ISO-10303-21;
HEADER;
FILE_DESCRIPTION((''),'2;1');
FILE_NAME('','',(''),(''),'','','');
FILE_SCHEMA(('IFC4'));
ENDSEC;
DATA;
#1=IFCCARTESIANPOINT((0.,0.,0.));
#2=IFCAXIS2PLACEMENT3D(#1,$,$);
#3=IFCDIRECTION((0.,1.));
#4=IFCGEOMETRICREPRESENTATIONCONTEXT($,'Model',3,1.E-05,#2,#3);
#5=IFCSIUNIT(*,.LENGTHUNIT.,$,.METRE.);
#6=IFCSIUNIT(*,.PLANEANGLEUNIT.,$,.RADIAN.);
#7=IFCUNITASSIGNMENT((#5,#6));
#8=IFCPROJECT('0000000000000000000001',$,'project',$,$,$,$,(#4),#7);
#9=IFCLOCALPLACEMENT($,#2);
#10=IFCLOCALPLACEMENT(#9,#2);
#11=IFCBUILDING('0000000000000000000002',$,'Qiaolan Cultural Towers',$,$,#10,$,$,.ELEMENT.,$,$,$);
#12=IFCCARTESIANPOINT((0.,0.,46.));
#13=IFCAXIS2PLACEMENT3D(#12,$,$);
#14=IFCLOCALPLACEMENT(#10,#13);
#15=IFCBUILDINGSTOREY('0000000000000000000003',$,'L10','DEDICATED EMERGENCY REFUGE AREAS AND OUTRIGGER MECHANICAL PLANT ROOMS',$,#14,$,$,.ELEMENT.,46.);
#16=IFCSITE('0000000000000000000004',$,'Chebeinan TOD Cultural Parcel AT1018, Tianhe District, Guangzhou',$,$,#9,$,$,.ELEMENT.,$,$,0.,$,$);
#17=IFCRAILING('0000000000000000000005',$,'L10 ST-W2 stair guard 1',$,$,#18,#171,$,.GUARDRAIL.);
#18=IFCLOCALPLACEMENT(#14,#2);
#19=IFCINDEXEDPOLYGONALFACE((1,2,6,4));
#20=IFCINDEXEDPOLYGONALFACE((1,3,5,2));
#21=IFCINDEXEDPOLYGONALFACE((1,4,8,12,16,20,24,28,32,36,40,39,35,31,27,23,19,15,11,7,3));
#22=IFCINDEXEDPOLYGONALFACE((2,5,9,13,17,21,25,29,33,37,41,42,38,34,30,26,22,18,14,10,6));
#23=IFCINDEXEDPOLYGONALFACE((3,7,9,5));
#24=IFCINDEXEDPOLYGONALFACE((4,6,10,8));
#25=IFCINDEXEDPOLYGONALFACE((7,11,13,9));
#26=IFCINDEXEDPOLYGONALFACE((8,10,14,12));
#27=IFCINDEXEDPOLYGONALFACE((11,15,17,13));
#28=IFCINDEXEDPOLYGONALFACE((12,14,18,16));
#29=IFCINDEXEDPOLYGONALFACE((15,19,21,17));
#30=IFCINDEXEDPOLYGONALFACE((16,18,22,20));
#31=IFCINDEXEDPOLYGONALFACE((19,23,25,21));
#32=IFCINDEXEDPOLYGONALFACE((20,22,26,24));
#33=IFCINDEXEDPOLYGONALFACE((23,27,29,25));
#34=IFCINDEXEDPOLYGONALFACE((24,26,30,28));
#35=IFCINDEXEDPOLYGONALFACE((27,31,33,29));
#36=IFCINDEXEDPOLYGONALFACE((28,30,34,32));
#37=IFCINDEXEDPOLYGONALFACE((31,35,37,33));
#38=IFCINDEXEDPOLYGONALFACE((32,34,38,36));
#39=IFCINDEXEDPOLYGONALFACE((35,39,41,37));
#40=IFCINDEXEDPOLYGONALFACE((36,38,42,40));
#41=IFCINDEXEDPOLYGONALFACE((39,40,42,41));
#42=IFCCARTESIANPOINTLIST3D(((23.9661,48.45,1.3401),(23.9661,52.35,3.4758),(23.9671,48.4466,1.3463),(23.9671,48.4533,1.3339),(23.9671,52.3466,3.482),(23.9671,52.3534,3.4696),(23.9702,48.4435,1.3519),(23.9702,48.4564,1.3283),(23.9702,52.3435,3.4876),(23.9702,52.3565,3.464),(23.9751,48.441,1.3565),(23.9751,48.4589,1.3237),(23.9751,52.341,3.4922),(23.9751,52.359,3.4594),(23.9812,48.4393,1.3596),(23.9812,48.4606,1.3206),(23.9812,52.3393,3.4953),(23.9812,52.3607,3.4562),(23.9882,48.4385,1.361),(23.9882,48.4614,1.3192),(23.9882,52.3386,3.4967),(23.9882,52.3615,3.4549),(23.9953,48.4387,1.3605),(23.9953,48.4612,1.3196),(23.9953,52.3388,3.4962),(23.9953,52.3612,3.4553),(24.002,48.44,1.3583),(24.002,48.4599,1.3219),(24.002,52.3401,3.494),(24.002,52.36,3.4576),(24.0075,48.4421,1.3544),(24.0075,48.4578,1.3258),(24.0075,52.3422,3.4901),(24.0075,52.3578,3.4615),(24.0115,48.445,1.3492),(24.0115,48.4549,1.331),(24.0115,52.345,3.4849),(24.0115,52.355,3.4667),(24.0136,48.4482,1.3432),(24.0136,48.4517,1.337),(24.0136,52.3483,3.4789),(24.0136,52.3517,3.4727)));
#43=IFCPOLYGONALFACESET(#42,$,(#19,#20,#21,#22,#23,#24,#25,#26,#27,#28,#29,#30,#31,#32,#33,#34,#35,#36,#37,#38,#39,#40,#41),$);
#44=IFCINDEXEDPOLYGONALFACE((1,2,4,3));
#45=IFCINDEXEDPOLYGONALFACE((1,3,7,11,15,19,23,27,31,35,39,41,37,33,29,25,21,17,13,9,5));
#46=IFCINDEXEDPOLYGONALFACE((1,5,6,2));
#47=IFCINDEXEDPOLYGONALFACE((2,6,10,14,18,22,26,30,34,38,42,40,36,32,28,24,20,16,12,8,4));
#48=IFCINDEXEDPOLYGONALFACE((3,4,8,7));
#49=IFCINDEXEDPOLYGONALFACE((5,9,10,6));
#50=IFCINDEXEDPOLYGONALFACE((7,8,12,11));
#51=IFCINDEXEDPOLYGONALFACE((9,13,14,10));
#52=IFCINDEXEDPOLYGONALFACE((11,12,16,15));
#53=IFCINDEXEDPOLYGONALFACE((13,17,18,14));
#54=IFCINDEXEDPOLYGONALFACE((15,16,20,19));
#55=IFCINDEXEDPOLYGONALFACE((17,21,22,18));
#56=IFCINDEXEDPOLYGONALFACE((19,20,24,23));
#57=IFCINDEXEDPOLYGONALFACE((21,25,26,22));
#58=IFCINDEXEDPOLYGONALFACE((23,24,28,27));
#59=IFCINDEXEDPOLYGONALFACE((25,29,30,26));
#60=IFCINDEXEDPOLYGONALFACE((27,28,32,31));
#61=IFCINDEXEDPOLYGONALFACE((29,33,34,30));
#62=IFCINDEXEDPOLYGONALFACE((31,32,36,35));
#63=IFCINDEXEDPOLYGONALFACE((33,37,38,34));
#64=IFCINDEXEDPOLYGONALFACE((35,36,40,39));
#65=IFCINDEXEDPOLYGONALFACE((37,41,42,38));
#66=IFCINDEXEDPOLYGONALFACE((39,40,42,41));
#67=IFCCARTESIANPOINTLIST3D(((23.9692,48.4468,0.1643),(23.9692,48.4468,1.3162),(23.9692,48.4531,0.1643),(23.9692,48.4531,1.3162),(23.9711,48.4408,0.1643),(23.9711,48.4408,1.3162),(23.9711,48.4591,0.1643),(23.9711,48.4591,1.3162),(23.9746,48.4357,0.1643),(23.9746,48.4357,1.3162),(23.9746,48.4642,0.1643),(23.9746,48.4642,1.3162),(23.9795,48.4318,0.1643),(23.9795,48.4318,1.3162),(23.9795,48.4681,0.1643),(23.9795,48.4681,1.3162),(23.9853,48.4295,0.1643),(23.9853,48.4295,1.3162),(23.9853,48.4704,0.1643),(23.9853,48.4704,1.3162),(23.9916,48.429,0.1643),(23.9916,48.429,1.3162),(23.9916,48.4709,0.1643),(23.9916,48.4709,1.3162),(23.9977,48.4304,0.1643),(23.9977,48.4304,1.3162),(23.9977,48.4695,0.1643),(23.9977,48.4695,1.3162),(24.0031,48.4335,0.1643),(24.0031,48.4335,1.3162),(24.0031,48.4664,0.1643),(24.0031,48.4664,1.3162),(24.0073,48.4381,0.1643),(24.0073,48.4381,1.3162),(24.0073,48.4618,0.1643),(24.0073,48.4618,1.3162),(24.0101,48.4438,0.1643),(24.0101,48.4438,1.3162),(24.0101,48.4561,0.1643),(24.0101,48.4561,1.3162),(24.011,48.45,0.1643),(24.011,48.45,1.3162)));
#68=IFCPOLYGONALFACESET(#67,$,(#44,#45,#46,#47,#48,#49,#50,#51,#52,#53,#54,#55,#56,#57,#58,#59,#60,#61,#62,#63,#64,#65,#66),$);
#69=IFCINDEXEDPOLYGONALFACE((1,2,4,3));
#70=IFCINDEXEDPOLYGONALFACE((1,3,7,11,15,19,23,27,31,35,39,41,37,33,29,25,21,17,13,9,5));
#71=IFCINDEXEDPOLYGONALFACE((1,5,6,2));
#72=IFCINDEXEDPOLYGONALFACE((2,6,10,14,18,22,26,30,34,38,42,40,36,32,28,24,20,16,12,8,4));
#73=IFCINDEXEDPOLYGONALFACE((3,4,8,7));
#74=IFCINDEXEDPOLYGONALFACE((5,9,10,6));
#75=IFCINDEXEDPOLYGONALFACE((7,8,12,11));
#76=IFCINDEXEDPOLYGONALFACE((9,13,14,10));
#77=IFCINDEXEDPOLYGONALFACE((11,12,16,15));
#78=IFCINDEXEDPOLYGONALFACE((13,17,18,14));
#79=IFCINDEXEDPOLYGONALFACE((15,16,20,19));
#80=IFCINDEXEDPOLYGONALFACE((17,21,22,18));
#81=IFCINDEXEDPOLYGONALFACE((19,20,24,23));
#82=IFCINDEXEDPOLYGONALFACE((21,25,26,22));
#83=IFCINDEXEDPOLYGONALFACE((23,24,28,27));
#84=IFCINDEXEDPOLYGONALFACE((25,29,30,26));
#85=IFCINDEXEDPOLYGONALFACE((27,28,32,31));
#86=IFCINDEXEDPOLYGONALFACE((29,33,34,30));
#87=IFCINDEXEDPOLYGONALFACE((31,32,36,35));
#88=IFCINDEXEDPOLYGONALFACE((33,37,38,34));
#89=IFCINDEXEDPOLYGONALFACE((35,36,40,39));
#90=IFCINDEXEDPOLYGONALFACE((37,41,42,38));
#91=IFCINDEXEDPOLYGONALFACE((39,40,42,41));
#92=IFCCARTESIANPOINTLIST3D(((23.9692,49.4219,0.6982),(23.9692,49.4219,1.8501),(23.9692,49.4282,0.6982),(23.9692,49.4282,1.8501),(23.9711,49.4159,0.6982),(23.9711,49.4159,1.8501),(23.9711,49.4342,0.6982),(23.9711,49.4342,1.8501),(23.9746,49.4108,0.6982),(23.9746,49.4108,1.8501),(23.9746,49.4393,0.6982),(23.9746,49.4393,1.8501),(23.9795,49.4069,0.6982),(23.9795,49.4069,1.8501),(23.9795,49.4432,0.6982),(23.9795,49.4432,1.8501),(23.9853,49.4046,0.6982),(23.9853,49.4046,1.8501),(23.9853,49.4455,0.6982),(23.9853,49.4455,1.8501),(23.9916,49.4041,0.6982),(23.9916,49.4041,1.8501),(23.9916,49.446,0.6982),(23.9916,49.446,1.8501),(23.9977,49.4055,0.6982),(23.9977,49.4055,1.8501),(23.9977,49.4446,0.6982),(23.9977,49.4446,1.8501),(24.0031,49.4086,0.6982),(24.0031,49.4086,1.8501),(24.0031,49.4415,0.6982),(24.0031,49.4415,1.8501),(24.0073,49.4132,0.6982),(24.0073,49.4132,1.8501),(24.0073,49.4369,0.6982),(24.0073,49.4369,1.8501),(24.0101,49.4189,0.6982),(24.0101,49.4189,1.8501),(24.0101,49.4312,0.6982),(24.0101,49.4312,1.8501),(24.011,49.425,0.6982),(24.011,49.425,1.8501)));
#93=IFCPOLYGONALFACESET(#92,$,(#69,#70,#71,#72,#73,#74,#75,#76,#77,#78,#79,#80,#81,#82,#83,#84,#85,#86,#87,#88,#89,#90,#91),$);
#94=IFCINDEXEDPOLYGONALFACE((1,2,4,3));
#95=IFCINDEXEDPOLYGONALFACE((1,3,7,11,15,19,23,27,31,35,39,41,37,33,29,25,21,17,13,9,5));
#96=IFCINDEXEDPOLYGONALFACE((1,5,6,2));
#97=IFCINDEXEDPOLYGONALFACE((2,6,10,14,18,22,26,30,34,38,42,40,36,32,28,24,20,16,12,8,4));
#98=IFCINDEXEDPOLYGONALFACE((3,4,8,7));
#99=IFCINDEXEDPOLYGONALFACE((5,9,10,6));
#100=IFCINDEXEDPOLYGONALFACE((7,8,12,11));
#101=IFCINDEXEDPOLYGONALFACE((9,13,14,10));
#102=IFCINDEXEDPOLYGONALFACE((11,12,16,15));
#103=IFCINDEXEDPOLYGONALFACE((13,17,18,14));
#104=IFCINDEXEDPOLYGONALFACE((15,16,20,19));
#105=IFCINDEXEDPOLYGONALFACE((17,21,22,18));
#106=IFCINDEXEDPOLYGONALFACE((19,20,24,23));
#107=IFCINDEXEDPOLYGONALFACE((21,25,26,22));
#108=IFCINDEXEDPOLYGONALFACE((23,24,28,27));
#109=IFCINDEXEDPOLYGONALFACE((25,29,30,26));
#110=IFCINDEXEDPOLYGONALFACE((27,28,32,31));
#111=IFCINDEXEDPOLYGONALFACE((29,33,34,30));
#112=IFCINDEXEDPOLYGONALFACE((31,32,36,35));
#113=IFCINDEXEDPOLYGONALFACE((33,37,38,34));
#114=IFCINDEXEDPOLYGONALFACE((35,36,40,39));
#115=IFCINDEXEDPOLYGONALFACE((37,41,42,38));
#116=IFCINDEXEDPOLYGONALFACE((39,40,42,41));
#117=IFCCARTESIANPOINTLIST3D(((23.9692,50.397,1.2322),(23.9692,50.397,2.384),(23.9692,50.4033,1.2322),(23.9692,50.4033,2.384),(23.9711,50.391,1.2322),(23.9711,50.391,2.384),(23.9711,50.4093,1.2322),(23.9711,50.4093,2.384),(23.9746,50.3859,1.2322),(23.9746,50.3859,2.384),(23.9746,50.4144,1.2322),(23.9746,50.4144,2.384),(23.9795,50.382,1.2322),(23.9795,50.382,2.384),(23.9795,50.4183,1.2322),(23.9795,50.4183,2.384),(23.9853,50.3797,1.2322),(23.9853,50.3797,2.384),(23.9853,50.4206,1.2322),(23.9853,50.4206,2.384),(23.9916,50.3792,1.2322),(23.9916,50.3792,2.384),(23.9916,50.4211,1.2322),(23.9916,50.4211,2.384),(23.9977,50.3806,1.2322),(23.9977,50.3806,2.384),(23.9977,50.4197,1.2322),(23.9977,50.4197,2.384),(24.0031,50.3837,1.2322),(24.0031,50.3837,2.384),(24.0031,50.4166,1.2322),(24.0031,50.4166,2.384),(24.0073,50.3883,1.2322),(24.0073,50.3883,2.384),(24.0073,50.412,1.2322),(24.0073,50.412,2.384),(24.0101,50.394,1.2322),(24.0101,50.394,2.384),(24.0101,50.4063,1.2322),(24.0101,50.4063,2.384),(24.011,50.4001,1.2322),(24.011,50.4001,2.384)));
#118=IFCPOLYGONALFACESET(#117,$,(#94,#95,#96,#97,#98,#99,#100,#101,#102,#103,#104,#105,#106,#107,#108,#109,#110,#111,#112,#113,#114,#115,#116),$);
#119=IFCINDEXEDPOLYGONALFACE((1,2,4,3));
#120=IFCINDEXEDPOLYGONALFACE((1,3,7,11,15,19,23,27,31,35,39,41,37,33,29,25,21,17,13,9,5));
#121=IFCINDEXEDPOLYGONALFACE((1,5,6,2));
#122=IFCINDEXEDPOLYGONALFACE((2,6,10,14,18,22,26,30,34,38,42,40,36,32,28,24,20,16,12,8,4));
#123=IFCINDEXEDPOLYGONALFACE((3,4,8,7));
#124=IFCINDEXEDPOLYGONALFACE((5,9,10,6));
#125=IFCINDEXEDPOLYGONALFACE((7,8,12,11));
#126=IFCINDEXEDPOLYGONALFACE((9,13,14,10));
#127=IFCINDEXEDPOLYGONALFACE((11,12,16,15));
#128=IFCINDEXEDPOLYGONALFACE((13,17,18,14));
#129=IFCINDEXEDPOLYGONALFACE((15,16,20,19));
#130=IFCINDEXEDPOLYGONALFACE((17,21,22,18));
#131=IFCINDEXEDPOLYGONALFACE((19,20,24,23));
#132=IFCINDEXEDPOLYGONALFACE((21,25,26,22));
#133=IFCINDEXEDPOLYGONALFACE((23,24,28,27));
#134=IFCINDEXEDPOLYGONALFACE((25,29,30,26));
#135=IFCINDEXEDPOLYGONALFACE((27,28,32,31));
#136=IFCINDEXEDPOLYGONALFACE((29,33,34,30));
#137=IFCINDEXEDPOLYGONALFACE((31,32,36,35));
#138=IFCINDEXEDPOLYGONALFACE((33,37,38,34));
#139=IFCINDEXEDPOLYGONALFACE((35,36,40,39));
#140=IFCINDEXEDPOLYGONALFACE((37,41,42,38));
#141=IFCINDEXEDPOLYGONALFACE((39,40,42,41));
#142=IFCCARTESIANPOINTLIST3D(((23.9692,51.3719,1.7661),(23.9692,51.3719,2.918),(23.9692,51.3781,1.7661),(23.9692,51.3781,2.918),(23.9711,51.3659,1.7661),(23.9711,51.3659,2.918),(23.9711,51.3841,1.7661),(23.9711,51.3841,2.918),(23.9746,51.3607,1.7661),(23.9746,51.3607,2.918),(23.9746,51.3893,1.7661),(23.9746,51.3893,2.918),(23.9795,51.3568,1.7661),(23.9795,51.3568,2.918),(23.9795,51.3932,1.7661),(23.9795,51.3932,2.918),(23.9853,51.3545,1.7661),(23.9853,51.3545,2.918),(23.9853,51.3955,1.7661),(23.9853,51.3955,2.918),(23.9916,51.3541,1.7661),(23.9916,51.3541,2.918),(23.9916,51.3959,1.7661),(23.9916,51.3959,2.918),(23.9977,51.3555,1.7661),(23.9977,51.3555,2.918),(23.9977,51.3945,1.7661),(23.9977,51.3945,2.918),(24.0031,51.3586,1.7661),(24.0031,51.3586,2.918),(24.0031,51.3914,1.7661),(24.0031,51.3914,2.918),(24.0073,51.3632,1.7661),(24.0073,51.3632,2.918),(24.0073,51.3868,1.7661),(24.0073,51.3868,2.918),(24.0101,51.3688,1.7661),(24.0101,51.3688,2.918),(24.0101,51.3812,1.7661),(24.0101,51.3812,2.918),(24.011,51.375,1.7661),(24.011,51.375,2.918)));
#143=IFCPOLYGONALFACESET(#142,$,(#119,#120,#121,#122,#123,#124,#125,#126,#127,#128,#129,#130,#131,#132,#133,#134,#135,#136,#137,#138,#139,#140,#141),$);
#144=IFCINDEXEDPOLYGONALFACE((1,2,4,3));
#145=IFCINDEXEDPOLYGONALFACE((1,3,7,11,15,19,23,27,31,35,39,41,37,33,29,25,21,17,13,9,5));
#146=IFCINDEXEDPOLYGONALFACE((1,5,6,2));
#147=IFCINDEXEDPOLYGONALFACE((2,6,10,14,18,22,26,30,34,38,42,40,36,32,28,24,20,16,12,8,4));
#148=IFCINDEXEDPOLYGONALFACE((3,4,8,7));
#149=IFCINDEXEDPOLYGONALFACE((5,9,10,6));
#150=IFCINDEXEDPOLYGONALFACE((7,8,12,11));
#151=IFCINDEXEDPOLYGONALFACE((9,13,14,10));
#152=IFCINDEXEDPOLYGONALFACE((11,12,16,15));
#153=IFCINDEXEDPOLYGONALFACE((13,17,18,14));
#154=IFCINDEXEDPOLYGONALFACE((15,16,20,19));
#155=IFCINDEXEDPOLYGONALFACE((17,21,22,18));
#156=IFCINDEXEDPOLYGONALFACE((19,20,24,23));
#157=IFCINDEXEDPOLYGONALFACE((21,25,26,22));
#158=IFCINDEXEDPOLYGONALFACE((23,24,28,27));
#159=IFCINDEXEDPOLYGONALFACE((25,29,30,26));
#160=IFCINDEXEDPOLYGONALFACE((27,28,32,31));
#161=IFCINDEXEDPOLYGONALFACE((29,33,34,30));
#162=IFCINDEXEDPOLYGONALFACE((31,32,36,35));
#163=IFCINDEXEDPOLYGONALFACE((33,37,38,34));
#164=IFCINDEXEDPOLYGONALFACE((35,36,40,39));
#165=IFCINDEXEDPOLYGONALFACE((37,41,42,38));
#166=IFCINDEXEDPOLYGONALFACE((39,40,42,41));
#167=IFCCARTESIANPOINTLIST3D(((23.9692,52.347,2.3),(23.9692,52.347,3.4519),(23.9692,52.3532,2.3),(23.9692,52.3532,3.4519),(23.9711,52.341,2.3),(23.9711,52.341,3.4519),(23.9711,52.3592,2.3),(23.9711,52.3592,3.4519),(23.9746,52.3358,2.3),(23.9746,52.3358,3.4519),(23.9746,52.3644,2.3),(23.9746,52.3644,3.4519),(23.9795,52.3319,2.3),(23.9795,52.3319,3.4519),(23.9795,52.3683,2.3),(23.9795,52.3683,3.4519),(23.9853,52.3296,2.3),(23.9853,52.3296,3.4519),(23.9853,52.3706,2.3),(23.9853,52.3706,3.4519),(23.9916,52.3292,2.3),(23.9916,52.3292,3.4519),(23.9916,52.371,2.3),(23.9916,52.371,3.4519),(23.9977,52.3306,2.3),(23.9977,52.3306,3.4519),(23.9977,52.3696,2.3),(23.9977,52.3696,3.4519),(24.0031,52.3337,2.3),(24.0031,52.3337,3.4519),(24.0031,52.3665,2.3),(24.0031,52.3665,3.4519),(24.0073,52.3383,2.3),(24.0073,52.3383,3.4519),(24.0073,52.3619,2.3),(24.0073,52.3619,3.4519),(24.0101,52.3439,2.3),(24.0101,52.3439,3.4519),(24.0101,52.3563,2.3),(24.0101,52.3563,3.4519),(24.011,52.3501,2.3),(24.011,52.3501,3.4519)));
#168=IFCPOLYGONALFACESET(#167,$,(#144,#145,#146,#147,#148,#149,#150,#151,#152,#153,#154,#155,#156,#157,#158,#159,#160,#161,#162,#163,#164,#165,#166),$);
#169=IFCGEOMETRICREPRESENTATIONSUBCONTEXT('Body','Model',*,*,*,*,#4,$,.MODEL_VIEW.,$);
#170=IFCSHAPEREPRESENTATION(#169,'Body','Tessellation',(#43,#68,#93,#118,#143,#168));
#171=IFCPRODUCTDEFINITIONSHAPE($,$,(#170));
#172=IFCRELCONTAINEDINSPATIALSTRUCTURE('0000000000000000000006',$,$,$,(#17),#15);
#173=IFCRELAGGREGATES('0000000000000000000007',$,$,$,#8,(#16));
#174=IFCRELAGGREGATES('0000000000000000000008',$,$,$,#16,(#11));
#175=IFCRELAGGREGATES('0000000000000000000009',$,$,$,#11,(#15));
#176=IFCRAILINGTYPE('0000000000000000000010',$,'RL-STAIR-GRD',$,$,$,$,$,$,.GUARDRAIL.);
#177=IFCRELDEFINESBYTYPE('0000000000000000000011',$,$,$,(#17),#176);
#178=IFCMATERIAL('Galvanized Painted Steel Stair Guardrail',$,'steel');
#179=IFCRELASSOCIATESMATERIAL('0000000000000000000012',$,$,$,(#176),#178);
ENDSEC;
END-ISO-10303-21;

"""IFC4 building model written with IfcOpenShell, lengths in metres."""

from ifc_helpers import new_model, si_unit, direction, frame, origin, origin_2d, place, context, subcontext, project, spatial, circle, extrude, material, type_object, element, save


model = new_model("IFC4")

# Units and contexts
model_context = context("Model", 3, precision=1e-05, world=origin(), true_north=direction((0.0, 1.0)))
body_context = subcontext(model_context, "Body", "Model", "MODEL_VIEW")
ifc_project = project(units=[si_unit("LENGTHUNIT", "METRE"), si_unit("PLANEANGLEUNIT", "RADIAN")], contexts=[model_context])

# Site, building, storey
site_placement = place(None, origin())
site = spatial("IfcSite", under=ifc_project, at=site_placement, Name="Chebeinan TOD Cultural Parcel AT1018, Tianhe District, Guangzhou", CompositionType="ELEMENT", RefElevation=0.0)
building_placement = place(site_placement, origin())
building = spatial("IfcBuilding", under=site, at=building_placement, Name="Qiaolan Cultural Towers", CompositionType="ELEMENT")
storey_placement = place(building_placement, frame((0.0, 0.0, 46.0)))
storey = spatial("IfcBuildingStorey", under=building, at=storey_placement, Name="L10", Description="DEDICATED EMERGENCY REFUGE AREAS AND OUTRIGGER MECHANICAL PLANT ROOMS", CompositionType="ELEMENT", Elevation=46.0)

# Railing
ifc_material_1 = material(Name="Galvanized Painted Steel Stair Guardrail", Category="steel")
railing_type_1 = type_object("IfcRailingType", Name="RL-STAIR-GRD", PredefinedType="GUARDRAIL", material=ifc_material_1)
railing_1_placement = place(storey_placement, frame((23.99, 48.45, 0.1643)))
element("IfcRailing", 1, at=railing_1_placement, inside=storey, type_object=railing_type_1, Name="L10 ST-W2 stair guard 1", PredefinedType="GUARDRAIL", context=body_context, shape_type="SweptSolid", body=[
    extrude(circle(Radius=0.0239, at=origin_2d()), frame((0.0, 0.0, 1.1758), z_axis=(0.0, 0.877101, 0.480306), x_axis=(-1.0, 0.0, 0.0)), (0.0, 0.0, 1.0), 4.4465),
    extrude(circle(Radius=0.021, at=origin_2d()), origin(), (0.0, 0.0, 1.0), 1.1519),
    extrude(circle(Radius=0.021, at=origin_2d()), frame((0.0, 0.9751, 0.5339)), (0.0, 0.0, 1.0), 1.1519),
    extrude(circle(Radius=0.021, at=origin_2d()), frame((0.0, 1.9502, 1.0679)), (0.0, 0.0, 1.0), 1.1519),
    extrude(circle(Radius=0.021, at=origin_2d()), frame((0.0, 2.925, 1.6018)), (0.0, 0.0, 1.0), 1.1519),
    extrude(circle(Radius=0.021, at=origin_2d()), frame((0.0, 3.9001, 2.1357)), (0.0, 0.0, 1.0), 1.1519),
])

save(model, "model.ifc")
